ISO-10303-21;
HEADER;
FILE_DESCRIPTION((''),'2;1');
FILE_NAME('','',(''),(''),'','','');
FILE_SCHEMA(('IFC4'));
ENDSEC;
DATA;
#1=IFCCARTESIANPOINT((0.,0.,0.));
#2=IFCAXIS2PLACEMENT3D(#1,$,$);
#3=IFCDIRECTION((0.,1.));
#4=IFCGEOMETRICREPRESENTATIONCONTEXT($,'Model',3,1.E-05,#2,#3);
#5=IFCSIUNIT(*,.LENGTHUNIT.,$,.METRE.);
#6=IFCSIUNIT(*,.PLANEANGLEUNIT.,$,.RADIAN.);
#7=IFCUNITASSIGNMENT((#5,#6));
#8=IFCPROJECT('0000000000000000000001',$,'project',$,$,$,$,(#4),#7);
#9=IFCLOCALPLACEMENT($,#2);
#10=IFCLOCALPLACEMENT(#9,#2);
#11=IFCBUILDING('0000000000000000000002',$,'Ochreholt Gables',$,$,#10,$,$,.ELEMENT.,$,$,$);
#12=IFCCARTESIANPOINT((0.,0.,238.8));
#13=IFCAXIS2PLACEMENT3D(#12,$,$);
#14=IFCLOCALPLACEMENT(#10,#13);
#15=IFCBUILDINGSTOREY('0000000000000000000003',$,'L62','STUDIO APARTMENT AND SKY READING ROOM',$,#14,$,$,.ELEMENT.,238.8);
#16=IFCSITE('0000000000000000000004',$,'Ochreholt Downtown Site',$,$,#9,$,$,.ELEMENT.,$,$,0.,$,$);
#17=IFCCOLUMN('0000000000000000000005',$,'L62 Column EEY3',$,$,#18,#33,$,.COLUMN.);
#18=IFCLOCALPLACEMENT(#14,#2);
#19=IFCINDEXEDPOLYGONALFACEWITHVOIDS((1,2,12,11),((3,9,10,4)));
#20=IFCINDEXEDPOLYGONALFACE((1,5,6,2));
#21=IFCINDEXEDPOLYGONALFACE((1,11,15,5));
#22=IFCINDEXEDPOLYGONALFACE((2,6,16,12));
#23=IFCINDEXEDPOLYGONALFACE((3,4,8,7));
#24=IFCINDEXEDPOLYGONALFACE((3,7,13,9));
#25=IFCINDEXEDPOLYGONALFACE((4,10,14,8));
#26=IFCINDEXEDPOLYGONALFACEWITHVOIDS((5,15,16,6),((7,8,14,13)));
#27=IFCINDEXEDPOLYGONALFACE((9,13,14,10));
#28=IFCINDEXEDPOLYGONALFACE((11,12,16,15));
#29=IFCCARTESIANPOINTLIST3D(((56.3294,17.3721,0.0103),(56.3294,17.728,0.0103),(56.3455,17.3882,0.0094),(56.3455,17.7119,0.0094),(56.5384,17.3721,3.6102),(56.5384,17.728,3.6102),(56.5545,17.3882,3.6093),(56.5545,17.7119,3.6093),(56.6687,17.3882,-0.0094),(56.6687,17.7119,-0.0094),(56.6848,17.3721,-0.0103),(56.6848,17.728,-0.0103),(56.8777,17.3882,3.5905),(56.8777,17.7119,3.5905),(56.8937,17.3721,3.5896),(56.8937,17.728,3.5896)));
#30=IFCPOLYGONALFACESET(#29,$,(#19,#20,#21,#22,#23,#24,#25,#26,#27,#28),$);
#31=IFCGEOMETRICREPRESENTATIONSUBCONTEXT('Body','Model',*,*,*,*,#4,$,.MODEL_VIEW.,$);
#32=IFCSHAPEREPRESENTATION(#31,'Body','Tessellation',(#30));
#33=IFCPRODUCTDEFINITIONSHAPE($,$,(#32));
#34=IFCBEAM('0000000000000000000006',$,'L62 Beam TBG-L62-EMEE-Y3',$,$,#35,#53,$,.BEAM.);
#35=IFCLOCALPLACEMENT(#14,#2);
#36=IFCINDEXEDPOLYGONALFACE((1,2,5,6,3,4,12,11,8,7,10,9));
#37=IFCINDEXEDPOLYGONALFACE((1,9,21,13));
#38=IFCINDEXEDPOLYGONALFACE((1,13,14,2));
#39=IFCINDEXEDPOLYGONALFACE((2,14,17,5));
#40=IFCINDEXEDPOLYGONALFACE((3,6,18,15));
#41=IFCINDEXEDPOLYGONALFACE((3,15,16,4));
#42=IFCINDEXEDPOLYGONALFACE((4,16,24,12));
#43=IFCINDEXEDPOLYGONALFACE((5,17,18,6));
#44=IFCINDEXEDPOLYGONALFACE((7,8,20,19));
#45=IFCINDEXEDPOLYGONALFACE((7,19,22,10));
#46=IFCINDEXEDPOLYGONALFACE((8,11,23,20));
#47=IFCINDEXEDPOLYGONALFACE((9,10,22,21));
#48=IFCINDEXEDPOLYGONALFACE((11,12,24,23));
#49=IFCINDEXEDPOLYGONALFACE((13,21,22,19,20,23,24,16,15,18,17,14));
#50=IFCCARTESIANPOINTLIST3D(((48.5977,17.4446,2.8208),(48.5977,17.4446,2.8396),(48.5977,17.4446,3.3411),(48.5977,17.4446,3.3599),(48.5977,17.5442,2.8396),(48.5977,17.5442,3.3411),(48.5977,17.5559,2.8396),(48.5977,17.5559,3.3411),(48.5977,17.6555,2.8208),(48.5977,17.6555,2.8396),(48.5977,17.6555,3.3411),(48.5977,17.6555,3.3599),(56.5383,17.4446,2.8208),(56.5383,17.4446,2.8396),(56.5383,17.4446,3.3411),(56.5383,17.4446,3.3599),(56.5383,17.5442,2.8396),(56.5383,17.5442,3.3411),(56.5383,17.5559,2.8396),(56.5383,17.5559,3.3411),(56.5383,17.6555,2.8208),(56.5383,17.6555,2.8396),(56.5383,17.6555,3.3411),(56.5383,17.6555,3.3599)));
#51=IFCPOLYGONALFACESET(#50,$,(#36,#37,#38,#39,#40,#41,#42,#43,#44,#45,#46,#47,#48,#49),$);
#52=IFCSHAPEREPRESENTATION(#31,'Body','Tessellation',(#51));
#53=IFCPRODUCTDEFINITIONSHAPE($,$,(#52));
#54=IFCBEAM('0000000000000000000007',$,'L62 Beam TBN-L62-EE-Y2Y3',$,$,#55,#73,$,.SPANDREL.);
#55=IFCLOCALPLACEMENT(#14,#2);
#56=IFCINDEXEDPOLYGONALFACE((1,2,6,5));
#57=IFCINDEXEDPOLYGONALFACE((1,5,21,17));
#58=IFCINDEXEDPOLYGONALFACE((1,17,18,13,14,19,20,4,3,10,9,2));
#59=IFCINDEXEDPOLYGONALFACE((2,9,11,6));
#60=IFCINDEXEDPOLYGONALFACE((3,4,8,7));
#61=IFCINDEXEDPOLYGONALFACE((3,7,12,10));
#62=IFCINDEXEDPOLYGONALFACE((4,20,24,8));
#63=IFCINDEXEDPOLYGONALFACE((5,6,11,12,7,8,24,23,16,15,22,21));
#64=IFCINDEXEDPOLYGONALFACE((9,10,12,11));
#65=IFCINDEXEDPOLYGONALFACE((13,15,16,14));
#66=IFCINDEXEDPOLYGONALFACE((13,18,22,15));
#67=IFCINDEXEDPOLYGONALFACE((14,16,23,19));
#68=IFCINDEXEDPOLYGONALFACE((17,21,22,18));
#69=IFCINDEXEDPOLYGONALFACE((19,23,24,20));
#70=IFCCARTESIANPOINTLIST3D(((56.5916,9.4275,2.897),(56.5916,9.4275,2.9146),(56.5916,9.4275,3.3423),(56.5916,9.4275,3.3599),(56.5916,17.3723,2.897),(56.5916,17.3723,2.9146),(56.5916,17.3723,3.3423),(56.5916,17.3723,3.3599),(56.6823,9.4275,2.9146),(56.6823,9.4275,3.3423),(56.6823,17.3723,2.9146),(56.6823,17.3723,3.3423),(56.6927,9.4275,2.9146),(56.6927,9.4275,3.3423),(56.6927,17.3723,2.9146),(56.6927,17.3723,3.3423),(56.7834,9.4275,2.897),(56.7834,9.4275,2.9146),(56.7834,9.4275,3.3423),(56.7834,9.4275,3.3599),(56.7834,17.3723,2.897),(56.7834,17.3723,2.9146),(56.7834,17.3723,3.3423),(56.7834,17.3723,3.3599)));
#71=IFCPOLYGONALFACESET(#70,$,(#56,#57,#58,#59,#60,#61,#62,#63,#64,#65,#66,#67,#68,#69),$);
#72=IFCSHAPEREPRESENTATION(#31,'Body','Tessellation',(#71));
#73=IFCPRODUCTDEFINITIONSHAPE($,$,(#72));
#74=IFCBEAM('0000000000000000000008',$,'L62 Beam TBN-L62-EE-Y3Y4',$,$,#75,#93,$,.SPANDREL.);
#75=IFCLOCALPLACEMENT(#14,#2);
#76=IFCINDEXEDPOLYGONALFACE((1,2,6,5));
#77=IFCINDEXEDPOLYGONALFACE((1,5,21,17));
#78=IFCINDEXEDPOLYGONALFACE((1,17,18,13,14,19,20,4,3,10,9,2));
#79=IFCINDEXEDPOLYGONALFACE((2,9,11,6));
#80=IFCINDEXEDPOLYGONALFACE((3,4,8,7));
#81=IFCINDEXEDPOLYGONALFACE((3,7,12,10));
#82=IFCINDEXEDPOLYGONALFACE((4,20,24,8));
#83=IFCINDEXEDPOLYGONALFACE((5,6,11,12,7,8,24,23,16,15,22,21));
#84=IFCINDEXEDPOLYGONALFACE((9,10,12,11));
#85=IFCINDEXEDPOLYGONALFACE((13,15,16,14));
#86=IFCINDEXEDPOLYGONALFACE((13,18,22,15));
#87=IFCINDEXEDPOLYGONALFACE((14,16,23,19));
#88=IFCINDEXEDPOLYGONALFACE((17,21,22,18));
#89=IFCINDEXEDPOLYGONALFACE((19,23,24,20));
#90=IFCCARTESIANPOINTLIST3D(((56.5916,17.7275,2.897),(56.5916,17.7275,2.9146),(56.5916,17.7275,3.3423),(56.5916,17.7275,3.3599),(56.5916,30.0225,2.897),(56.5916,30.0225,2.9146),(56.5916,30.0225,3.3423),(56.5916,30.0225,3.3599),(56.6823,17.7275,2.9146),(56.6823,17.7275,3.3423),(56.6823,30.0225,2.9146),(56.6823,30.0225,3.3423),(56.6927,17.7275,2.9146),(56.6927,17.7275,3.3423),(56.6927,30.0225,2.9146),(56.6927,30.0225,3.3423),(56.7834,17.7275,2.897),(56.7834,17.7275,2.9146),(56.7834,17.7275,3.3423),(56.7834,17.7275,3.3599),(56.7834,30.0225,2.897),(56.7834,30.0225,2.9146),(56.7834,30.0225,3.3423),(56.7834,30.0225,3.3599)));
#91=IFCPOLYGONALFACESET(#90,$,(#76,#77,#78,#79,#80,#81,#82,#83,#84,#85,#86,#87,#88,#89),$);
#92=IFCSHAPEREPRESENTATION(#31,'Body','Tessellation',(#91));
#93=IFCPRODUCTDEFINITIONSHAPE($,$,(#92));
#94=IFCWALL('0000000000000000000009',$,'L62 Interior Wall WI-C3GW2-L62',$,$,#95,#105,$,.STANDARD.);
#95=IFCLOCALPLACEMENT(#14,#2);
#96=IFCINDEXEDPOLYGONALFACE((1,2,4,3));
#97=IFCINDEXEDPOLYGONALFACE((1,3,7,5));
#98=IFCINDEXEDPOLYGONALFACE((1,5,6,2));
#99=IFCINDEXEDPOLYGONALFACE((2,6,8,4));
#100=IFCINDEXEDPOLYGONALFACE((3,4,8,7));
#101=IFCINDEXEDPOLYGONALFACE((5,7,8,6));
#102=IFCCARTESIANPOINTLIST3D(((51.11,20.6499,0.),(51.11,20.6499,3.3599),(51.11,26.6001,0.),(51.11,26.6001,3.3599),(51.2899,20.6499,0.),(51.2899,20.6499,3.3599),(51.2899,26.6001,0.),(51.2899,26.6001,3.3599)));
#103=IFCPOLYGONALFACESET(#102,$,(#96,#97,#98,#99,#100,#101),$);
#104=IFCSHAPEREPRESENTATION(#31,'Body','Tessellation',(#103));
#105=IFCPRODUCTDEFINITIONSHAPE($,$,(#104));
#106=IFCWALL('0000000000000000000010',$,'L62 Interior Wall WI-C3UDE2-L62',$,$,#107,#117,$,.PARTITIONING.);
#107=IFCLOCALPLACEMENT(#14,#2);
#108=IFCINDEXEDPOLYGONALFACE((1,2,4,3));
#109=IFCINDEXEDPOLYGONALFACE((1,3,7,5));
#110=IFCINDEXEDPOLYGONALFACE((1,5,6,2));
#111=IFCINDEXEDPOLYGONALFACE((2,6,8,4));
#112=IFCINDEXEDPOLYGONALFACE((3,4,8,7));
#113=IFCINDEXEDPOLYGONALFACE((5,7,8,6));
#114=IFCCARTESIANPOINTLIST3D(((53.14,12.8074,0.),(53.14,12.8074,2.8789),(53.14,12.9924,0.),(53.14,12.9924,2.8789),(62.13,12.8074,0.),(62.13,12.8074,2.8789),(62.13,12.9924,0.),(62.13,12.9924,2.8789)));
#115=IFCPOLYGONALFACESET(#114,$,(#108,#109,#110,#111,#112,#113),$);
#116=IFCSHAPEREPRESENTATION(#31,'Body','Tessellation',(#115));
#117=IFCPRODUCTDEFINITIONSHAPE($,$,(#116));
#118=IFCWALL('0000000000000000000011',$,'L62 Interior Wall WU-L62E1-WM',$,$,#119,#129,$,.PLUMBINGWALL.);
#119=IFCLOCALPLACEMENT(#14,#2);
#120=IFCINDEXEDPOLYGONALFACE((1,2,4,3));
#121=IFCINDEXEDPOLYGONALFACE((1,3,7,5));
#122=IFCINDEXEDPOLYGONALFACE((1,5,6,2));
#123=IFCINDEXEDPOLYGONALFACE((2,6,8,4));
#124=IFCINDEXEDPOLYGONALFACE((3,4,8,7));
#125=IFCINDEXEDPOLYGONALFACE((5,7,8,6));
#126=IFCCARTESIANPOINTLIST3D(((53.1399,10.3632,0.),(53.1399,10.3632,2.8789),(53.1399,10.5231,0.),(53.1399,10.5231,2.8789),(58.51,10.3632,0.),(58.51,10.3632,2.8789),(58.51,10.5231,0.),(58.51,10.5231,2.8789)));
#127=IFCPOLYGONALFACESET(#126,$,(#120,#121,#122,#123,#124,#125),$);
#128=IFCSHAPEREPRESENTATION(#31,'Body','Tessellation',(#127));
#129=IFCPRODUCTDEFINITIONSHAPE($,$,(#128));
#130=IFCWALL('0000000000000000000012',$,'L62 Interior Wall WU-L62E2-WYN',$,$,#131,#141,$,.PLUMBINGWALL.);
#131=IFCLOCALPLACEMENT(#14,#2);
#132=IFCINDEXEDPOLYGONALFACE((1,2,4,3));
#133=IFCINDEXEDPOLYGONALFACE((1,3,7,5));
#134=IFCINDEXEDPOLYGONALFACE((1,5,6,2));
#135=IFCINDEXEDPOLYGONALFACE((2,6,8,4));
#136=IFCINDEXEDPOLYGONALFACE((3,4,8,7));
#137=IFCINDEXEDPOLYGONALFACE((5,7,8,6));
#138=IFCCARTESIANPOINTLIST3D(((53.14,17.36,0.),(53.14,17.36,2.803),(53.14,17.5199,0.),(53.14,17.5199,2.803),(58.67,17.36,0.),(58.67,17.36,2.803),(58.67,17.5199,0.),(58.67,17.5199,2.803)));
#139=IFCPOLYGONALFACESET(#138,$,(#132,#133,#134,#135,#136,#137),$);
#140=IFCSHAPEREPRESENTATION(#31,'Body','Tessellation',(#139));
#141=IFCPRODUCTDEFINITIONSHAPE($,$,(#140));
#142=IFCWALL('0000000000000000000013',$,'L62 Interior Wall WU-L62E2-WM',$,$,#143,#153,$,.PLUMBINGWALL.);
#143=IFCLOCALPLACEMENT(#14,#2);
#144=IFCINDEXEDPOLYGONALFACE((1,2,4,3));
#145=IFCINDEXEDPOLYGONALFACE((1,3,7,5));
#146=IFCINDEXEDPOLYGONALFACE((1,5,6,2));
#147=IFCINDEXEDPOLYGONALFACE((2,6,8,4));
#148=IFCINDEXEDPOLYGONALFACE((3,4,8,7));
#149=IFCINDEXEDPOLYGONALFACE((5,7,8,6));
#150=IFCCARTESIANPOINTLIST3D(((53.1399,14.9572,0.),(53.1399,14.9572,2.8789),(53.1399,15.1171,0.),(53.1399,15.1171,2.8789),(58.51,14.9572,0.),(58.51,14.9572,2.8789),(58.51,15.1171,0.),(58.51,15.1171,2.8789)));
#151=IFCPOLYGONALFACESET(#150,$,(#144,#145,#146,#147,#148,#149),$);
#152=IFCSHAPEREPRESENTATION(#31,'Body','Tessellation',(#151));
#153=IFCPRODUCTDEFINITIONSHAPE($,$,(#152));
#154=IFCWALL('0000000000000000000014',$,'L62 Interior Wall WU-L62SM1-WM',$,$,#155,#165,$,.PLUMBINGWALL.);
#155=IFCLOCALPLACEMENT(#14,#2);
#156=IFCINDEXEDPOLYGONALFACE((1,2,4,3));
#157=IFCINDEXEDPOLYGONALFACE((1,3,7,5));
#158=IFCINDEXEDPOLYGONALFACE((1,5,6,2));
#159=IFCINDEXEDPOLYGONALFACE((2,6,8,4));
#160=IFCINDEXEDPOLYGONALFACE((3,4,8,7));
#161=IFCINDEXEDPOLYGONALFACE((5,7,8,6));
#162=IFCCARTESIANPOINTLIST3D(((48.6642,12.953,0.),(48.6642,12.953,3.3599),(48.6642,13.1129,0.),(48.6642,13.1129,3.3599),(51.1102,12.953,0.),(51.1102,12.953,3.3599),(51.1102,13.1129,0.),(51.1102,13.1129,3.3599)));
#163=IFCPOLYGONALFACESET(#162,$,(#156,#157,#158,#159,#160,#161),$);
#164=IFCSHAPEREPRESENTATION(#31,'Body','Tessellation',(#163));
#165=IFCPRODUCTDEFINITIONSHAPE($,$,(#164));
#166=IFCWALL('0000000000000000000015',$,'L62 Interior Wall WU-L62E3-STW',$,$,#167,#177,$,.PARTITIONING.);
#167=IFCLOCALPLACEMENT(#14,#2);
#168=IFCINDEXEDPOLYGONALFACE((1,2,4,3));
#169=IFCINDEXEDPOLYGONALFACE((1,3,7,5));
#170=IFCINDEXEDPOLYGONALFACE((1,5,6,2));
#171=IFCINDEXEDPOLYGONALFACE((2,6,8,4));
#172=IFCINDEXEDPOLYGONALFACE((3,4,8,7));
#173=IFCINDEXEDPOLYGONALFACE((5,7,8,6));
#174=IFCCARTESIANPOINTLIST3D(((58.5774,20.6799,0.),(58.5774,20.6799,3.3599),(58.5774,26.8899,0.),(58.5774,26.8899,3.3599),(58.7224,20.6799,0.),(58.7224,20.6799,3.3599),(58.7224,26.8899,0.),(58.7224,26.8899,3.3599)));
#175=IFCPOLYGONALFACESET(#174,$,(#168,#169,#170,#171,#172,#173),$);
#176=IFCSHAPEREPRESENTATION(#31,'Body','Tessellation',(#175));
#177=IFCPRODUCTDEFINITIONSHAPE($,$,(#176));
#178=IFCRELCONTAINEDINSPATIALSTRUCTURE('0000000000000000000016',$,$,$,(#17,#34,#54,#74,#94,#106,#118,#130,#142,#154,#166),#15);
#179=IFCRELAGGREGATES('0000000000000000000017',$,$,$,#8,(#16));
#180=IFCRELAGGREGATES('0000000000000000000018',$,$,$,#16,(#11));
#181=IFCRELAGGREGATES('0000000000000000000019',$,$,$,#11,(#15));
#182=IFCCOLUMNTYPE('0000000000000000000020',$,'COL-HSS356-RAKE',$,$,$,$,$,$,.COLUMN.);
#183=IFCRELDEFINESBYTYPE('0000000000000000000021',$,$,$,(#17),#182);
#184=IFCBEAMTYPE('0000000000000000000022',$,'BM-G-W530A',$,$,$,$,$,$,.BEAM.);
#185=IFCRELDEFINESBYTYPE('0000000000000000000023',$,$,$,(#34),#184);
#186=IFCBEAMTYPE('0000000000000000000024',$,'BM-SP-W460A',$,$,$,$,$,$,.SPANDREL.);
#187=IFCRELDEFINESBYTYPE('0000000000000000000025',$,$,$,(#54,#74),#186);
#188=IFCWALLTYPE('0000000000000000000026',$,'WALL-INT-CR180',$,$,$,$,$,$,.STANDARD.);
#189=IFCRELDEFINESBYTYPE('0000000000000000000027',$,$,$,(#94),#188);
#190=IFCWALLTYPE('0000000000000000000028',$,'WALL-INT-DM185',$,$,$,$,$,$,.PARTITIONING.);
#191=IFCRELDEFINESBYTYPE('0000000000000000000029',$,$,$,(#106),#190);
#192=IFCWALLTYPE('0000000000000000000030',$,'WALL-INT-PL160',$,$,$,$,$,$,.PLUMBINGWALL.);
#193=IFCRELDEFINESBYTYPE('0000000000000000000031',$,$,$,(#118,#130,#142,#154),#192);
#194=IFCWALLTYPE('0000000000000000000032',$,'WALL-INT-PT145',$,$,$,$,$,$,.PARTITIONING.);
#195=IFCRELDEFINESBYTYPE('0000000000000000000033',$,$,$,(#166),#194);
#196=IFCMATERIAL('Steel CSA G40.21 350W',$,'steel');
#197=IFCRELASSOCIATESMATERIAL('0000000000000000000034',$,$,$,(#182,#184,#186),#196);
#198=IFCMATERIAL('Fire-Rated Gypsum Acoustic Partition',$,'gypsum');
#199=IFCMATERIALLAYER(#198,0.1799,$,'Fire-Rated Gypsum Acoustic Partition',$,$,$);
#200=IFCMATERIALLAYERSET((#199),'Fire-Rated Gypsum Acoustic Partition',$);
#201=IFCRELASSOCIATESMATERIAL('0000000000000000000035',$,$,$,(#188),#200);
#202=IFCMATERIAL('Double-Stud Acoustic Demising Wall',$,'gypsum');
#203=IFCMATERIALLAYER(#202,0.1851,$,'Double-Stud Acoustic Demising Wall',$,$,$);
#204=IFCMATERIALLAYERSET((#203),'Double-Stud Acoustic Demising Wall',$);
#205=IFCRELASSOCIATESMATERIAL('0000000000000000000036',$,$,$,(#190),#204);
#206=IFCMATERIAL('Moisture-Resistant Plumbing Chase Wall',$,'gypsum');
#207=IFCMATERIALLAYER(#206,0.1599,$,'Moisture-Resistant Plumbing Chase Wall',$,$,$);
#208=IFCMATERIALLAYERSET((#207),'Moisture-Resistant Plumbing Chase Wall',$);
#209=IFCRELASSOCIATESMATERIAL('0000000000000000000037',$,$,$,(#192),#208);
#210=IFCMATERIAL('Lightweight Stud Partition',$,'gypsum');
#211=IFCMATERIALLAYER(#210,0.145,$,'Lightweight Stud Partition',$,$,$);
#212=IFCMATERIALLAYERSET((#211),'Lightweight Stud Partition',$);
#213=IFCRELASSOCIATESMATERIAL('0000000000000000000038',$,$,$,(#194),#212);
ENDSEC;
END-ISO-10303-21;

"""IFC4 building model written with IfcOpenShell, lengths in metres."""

from ifc_helpers import new_model, si_unit, direction, frame, frame_2d, origin, origin_2d, place, context, subcontext, project, spatial, rectangle, hollow_rectangle, i_section, extrude, material, layer, layer_set, material_profile, profile_set, type_object, element, save


model = new_model("IFC4")

# Units and contexts
model_context = context("Model", 3, precision=1e-05, world=origin(), true_north=direction((0.0, 1.0)))
body_context = subcontext(model_context, "Body", "Model", "MODEL_VIEW")
ifc_project = project(units=[si_unit("LENGTHUNIT", "METRE"), si_unit("PLANEANGLEUNIT", "RADIAN")], contexts=[model_context])

# Site, building, storey
site_placement = place(None, origin())
site = spatial("IfcSite", under=ifc_project, at=site_placement, Name="Ochreholt Downtown Site", CompositionType="ELEMENT", RefElevation=0.0)
building_placement = place(site_placement, origin())
building = spatial("IfcBuilding", under=site, at=building_placement, Name="Ochreholt Gables", CompositionType="ELEMENT")
storey_placement = place(building_placement, frame((0.0, 0.0, 238.8)))
storey = spatial("IfcBuildingStorey", under=building, at=storey_placement, Name="L62", Description="STUDIO APARTMENT AND SKY READING ROOM", CompositionType="ELEMENT", Elevation=238.8)

# Column
ifc_material_1 = material(Name="Steel CSA G40.21 350W", Category="steel")
ifc_material_profile_1 = material_profile(ifc_material_1, hollow_rectangle(XDim=0.356, YDim=0.356, WallThickness=0.0161, at=origin_2d()), Name="HSS356X356X16")
ifc_profile_set_1 = profile_set([ifc_material_profile_1], Name="Steel CSA G40.21 350W")
column_type = type_object("IfcColumnType", Name="COL-HSS356-RAKE", PredefinedType="COLUMN", material=ifc_profile_set_1)
column_placement = place(storey_placement, frame((56.5071, 17.55, 0.0), z_axis=(0.057956, 0.0, 0.998319), x_axis=(0.0, 1.0, 0.0)))
element("IfcColumn", 1, at=column_placement, inside=storey, type_object=column_type, Name="L62 Column EEY3", PredefinedType="COLUMN", context=body_context, shape_type="SweptSolid", body=[
    extrude(hollow_rectangle(XDim=0.356, YDim=0.356, WallThickness=0.0161, at=origin_2d()), origin(), (0.0, 0.0, 1.0), 3.606),
])

# Beams
ifc_material_profile_2 = material_profile(ifc_material_1, i_section(OverallWidth=0.2109, OverallDepth=0.5391, WebThickness=0.0117, FlangeThickness=0.0188, at=origin_2d()), Name="W530X109")
ifc_profile_set_2 = profile_set([ifc_material_profile_2], Name="Steel CSA G40.21 350W")
beam_type_1 = type_object("IfcBeamType", Name="BM-G-W530A", PredefinedType="BEAM", material=ifc_profile_set_2)
beam_1_placement = place(storey_placement, frame((48.5977, 17.55, 3.0903), z_axis=(1.0, 0.0, 0.0), x_axis=(0.0, 1.0, 0.0)))
element("IfcBeam", 2, at=beam_1_placement, inside=storey, type_object=beam_type_1, Name="L62 Beam TBG-L62-EMEE-Y3", PredefinedType="BEAM", context=body_context, shape_type="SweptSolid", body=[
    extrude(i_section(OverallWidth=0.2109, OverallDepth=0.5391, WebThickness=0.0117, FlangeThickness=0.0188, at=origin_2d()), origin(), (0.0, 0.0, 1.0), 7.9407),
])
ifc_material_profile_3 = material_profile(ifc_material_1, i_section(OverallWidth=0.1919, OverallDepth=0.4629, WebThickness=0.0105, FlangeThickness=0.0176, at=origin_2d()), Name="W460X89")
ifc_profile_set_3 = profile_set([ifc_material_profile_3], Name="Steel CSA G40.21 350W")
beam_type_2 = type_object("IfcBeamType", Name="BM-SP-W460A", PredefinedType="SPANDREL", material=ifc_profile_set_3)
beam_2_placement = place(storey_placement, frame((56.6875, 9.4275, 3.1284), z_axis=(0.0, 1.0, 0.0), x_axis=(-1.0, 0.0, 0.0)))
element("IfcBeam", 3, at=beam_2_placement, inside=storey, type_object=beam_type_2, Name="L62 Beam TBN-L62-EE-Y2Y3", PredefinedType="SPANDREL", context=body_context, shape_type="SweptSolid", body=[
    extrude(i_section(OverallWidth=0.1919, OverallDepth=0.4629, WebThickness=0.0105, FlangeThickness=0.0176, at=origin_2d()), origin(), (0.0, 0.0, 1.0), 7.9448),
])
beam_3_placement = place(storey_placement, frame((56.6875, 17.7275, 3.1284), z_axis=(0.0, 1.0, 0.0), x_axis=(-1.0, 0.0, 0.0)))
element("IfcBeam", 4, at=beam_3_placement, inside=storey, type_object=beam_type_2, Name="L62 Beam TBN-L62-EE-Y3Y4", PredefinedType="SPANDREL", context=body_context, shape_type="SweptSolid", body=[
    extrude(i_section(OverallWidth=0.1919, OverallDepth=0.4629, WebThickness=0.0105, FlangeThickness=0.0176, at=origin_2d()), origin(), (0.0, 0.0, 1.0), 12.2949),
])

# Walls
ifc_material_2 = material(Name="Fire-Rated Gypsum Acoustic Partition", Category="gypsum")
ifc_layer_1 = layer(ifc_material_2, 0.1799, Name="Fire-Rated Gypsum Acoustic Partition")
ifc_layer_set_1 = layer_set([ifc_layer_1], Name="Fire-Rated Gypsum Acoustic Partition")
wall_type_1 = type_object("IfcWallType", Name="WALL-INT-CR180", PredefinedType="STANDARD", material=ifc_layer_set_1)
wall_1_placement = place(storey_placement, frame((51.2, 20.6499, 0.0), z_axis=(0.0, 0.0, 1.0), x_axis=(0.0, 1.0, 0.0)))
element("IfcWall", 5, at=wall_1_placement, inside=storey, type_object=wall_type_1, Name="L62 Interior Wall WI-C3GW2-L62", PredefinedType="STANDARD", context=body_context, shape_type="SweptSolid", body=[
    extrude(rectangle(XDim=5.9502, YDim=0.1799, at=frame_2d((2.9751, 0.0))), origin(), (0.0, 0.0, 1.0), 3.3599),
])
ifc_material_3 = material(Name="Double-Stud Acoustic Demising Wall", Category="gypsum")
ifc_layer_2 = layer(ifc_material_3, 0.1851, Name="Double-Stud Acoustic Demising Wall")
ifc_layer_set_2 = layer_set([ifc_layer_2], Name="Double-Stud Acoustic Demising Wall")
wall_type_2 = type_object("IfcWallType", Name="WALL-INT-DM185", PredefinedType="PARTITIONING", material=ifc_layer_set_2)
wall_2_placement = place(storey_placement, frame((53.1399, 12.8999, 0.0), z_axis=(0.0, 0.0, 1.0), x_axis=(1.0, 0.0, 0.0)))
element("IfcWall", 6, at=wall_2_placement, inside=storey, type_object=wall_type_2, Name="L62 Interior Wall WI-C3UDE2-L62", PredefinedType="PARTITIONING", context=body_context, shape_type="SweptSolid", body=[
    extrude(rectangle(XDim=8.99, YDim=0.1851, at=frame_2d((4.4951, 0.0))), origin(), (0.0, 0.0, 1.0), 2.8789),
])
ifc_material_4 = material(Name="Moisture-Resistant Plumbing Chase Wall", Category="gypsum")
ifc_layer_3 = layer(ifc_material_4, 0.1599, Name="Moisture-Resistant Plumbing Chase Wall")
ifc_layer_set_3 = layer_set([ifc_layer_3], Name="Moisture-Resistant Plumbing Chase Wall")
wall_type_3 = type_object("IfcWallType", Name="WALL-INT-PL160", PredefinedType="PLUMBINGWALL", material=ifc_layer_set_3)
wall_3_placement = place(storey_placement, frame((53.1399, 10.4431, 0.0), z_axis=(0.0, 0.0, 1.0), x_axis=(1.0, 0.0, 0.0)))
element("IfcWall", 7, at=wall_3_placement, inside=storey, type_object=wall_type_3, Name="L62 Interior Wall WU-L62E1-WM", PredefinedType="PLUMBINGWALL", context=body_context, shape_type="SweptSolid", body=[
    extrude(rectangle(XDim=5.3701, YDim=0.1599, at=frame_2d((2.6851, 0.0))), origin(), (0.0, 0.0, 1.0), 2.8789),
])
wall_4_placement = place(storey_placement, frame((53.1399, 17.4399, 0.0), z_axis=(0.0, 0.0, 1.0), x_axis=(1.0, 0.0, 0.0)))
element("IfcWall", 8, at=wall_4_placement, inside=storey, type_object=wall_type_3, Name="L62 Interior Wall WU-L62E2-WYN", PredefinedType="PLUMBINGWALL", context=body_context, shape_type="SweptSolid", body=[
    extrude(rectangle(XDim=5.53, YDim=0.1599, at=frame_2d((2.7651, 0.0))), origin(), (0.0, 0.0, 1.0), 2.803),
])

# Walls
wall_5_placement = place(storey_placement, frame((53.1399, 15.0371, 0.0), z_axis=(0.0, 0.0, 1.0), x_axis=(1.0, 0.0, 0.0)))
element("IfcWall", 9, at=wall_5_placement, inside=storey, type_object=wall_type_3, Name="L62 Interior Wall WU-L62E2-WM", PredefinedType="PLUMBINGWALL", context=body_context, shape_type="SweptSolid", body=[
    extrude(rectangle(XDim=5.3701, YDim=0.1599, at=frame_2d((2.6851, 0.0))), origin(), (0.0, 0.0, 1.0), 2.8789),
])
wall_6_placement = place(storey_placement, frame((48.6641, 13.033, 0.0), z_axis=(0.0, 0.0, 1.0), x_axis=(1.0, 0.0, 0.0)))
element("IfcWall", 10, at=wall_6_placement, inside=storey, type_object=wall_type_3, Name="L62 Interior Wall WU-L62SM1-WM", PredefinedType="PLUMBINGWALL", context=body_context, shape_type="SweptSolid", body=[
    extrude(rectangle(XDim=2.446, YDim=0.1599, at=frame_2d((1.2231, 0.0))), origin(), (0.0, 0.0, 1.0), 3.3599),
])
ifc_material_5 = material(Name="Lightweight Stud Partition", Category="gypsum")
ifc_layer_4 = layer(ifc_material_5, 0.145, Name="Lightweight Stud Partition")
ifc_layer_set_4 = layer_set([ifc_layer_4], Name="Lightweight Stud Partition")
wall_type_4 = type_object("IfcWallType", Name="WALL-INT-PT145", PredefinedType="PARTITIONING", material=ifc_layer_set_4)
wall_7_placement = place(storey_placement, frame((58.6499, 20.6799, 0.0), z_axis=(0.0, 0.0, 1.0), x_axis=(0.0, 1.0, 0.0)))
element("IfcWall", 11, at=wall_7_placement, inside=storey, type_object=wall_type_4, Name="L62 Interior Wall WU-L62E3-STW", PredefinedType="PARTITIONING", context=body_context, shape_type="SweptSolid", body=[
    extrude(rectangle(XDim=6.21, YDim=0.145, at=frame_2d((3.105, 0.0))), origin(), (0.0, 0.0, 1.0), 3.3599),
])

save(model, "model.ifc")
